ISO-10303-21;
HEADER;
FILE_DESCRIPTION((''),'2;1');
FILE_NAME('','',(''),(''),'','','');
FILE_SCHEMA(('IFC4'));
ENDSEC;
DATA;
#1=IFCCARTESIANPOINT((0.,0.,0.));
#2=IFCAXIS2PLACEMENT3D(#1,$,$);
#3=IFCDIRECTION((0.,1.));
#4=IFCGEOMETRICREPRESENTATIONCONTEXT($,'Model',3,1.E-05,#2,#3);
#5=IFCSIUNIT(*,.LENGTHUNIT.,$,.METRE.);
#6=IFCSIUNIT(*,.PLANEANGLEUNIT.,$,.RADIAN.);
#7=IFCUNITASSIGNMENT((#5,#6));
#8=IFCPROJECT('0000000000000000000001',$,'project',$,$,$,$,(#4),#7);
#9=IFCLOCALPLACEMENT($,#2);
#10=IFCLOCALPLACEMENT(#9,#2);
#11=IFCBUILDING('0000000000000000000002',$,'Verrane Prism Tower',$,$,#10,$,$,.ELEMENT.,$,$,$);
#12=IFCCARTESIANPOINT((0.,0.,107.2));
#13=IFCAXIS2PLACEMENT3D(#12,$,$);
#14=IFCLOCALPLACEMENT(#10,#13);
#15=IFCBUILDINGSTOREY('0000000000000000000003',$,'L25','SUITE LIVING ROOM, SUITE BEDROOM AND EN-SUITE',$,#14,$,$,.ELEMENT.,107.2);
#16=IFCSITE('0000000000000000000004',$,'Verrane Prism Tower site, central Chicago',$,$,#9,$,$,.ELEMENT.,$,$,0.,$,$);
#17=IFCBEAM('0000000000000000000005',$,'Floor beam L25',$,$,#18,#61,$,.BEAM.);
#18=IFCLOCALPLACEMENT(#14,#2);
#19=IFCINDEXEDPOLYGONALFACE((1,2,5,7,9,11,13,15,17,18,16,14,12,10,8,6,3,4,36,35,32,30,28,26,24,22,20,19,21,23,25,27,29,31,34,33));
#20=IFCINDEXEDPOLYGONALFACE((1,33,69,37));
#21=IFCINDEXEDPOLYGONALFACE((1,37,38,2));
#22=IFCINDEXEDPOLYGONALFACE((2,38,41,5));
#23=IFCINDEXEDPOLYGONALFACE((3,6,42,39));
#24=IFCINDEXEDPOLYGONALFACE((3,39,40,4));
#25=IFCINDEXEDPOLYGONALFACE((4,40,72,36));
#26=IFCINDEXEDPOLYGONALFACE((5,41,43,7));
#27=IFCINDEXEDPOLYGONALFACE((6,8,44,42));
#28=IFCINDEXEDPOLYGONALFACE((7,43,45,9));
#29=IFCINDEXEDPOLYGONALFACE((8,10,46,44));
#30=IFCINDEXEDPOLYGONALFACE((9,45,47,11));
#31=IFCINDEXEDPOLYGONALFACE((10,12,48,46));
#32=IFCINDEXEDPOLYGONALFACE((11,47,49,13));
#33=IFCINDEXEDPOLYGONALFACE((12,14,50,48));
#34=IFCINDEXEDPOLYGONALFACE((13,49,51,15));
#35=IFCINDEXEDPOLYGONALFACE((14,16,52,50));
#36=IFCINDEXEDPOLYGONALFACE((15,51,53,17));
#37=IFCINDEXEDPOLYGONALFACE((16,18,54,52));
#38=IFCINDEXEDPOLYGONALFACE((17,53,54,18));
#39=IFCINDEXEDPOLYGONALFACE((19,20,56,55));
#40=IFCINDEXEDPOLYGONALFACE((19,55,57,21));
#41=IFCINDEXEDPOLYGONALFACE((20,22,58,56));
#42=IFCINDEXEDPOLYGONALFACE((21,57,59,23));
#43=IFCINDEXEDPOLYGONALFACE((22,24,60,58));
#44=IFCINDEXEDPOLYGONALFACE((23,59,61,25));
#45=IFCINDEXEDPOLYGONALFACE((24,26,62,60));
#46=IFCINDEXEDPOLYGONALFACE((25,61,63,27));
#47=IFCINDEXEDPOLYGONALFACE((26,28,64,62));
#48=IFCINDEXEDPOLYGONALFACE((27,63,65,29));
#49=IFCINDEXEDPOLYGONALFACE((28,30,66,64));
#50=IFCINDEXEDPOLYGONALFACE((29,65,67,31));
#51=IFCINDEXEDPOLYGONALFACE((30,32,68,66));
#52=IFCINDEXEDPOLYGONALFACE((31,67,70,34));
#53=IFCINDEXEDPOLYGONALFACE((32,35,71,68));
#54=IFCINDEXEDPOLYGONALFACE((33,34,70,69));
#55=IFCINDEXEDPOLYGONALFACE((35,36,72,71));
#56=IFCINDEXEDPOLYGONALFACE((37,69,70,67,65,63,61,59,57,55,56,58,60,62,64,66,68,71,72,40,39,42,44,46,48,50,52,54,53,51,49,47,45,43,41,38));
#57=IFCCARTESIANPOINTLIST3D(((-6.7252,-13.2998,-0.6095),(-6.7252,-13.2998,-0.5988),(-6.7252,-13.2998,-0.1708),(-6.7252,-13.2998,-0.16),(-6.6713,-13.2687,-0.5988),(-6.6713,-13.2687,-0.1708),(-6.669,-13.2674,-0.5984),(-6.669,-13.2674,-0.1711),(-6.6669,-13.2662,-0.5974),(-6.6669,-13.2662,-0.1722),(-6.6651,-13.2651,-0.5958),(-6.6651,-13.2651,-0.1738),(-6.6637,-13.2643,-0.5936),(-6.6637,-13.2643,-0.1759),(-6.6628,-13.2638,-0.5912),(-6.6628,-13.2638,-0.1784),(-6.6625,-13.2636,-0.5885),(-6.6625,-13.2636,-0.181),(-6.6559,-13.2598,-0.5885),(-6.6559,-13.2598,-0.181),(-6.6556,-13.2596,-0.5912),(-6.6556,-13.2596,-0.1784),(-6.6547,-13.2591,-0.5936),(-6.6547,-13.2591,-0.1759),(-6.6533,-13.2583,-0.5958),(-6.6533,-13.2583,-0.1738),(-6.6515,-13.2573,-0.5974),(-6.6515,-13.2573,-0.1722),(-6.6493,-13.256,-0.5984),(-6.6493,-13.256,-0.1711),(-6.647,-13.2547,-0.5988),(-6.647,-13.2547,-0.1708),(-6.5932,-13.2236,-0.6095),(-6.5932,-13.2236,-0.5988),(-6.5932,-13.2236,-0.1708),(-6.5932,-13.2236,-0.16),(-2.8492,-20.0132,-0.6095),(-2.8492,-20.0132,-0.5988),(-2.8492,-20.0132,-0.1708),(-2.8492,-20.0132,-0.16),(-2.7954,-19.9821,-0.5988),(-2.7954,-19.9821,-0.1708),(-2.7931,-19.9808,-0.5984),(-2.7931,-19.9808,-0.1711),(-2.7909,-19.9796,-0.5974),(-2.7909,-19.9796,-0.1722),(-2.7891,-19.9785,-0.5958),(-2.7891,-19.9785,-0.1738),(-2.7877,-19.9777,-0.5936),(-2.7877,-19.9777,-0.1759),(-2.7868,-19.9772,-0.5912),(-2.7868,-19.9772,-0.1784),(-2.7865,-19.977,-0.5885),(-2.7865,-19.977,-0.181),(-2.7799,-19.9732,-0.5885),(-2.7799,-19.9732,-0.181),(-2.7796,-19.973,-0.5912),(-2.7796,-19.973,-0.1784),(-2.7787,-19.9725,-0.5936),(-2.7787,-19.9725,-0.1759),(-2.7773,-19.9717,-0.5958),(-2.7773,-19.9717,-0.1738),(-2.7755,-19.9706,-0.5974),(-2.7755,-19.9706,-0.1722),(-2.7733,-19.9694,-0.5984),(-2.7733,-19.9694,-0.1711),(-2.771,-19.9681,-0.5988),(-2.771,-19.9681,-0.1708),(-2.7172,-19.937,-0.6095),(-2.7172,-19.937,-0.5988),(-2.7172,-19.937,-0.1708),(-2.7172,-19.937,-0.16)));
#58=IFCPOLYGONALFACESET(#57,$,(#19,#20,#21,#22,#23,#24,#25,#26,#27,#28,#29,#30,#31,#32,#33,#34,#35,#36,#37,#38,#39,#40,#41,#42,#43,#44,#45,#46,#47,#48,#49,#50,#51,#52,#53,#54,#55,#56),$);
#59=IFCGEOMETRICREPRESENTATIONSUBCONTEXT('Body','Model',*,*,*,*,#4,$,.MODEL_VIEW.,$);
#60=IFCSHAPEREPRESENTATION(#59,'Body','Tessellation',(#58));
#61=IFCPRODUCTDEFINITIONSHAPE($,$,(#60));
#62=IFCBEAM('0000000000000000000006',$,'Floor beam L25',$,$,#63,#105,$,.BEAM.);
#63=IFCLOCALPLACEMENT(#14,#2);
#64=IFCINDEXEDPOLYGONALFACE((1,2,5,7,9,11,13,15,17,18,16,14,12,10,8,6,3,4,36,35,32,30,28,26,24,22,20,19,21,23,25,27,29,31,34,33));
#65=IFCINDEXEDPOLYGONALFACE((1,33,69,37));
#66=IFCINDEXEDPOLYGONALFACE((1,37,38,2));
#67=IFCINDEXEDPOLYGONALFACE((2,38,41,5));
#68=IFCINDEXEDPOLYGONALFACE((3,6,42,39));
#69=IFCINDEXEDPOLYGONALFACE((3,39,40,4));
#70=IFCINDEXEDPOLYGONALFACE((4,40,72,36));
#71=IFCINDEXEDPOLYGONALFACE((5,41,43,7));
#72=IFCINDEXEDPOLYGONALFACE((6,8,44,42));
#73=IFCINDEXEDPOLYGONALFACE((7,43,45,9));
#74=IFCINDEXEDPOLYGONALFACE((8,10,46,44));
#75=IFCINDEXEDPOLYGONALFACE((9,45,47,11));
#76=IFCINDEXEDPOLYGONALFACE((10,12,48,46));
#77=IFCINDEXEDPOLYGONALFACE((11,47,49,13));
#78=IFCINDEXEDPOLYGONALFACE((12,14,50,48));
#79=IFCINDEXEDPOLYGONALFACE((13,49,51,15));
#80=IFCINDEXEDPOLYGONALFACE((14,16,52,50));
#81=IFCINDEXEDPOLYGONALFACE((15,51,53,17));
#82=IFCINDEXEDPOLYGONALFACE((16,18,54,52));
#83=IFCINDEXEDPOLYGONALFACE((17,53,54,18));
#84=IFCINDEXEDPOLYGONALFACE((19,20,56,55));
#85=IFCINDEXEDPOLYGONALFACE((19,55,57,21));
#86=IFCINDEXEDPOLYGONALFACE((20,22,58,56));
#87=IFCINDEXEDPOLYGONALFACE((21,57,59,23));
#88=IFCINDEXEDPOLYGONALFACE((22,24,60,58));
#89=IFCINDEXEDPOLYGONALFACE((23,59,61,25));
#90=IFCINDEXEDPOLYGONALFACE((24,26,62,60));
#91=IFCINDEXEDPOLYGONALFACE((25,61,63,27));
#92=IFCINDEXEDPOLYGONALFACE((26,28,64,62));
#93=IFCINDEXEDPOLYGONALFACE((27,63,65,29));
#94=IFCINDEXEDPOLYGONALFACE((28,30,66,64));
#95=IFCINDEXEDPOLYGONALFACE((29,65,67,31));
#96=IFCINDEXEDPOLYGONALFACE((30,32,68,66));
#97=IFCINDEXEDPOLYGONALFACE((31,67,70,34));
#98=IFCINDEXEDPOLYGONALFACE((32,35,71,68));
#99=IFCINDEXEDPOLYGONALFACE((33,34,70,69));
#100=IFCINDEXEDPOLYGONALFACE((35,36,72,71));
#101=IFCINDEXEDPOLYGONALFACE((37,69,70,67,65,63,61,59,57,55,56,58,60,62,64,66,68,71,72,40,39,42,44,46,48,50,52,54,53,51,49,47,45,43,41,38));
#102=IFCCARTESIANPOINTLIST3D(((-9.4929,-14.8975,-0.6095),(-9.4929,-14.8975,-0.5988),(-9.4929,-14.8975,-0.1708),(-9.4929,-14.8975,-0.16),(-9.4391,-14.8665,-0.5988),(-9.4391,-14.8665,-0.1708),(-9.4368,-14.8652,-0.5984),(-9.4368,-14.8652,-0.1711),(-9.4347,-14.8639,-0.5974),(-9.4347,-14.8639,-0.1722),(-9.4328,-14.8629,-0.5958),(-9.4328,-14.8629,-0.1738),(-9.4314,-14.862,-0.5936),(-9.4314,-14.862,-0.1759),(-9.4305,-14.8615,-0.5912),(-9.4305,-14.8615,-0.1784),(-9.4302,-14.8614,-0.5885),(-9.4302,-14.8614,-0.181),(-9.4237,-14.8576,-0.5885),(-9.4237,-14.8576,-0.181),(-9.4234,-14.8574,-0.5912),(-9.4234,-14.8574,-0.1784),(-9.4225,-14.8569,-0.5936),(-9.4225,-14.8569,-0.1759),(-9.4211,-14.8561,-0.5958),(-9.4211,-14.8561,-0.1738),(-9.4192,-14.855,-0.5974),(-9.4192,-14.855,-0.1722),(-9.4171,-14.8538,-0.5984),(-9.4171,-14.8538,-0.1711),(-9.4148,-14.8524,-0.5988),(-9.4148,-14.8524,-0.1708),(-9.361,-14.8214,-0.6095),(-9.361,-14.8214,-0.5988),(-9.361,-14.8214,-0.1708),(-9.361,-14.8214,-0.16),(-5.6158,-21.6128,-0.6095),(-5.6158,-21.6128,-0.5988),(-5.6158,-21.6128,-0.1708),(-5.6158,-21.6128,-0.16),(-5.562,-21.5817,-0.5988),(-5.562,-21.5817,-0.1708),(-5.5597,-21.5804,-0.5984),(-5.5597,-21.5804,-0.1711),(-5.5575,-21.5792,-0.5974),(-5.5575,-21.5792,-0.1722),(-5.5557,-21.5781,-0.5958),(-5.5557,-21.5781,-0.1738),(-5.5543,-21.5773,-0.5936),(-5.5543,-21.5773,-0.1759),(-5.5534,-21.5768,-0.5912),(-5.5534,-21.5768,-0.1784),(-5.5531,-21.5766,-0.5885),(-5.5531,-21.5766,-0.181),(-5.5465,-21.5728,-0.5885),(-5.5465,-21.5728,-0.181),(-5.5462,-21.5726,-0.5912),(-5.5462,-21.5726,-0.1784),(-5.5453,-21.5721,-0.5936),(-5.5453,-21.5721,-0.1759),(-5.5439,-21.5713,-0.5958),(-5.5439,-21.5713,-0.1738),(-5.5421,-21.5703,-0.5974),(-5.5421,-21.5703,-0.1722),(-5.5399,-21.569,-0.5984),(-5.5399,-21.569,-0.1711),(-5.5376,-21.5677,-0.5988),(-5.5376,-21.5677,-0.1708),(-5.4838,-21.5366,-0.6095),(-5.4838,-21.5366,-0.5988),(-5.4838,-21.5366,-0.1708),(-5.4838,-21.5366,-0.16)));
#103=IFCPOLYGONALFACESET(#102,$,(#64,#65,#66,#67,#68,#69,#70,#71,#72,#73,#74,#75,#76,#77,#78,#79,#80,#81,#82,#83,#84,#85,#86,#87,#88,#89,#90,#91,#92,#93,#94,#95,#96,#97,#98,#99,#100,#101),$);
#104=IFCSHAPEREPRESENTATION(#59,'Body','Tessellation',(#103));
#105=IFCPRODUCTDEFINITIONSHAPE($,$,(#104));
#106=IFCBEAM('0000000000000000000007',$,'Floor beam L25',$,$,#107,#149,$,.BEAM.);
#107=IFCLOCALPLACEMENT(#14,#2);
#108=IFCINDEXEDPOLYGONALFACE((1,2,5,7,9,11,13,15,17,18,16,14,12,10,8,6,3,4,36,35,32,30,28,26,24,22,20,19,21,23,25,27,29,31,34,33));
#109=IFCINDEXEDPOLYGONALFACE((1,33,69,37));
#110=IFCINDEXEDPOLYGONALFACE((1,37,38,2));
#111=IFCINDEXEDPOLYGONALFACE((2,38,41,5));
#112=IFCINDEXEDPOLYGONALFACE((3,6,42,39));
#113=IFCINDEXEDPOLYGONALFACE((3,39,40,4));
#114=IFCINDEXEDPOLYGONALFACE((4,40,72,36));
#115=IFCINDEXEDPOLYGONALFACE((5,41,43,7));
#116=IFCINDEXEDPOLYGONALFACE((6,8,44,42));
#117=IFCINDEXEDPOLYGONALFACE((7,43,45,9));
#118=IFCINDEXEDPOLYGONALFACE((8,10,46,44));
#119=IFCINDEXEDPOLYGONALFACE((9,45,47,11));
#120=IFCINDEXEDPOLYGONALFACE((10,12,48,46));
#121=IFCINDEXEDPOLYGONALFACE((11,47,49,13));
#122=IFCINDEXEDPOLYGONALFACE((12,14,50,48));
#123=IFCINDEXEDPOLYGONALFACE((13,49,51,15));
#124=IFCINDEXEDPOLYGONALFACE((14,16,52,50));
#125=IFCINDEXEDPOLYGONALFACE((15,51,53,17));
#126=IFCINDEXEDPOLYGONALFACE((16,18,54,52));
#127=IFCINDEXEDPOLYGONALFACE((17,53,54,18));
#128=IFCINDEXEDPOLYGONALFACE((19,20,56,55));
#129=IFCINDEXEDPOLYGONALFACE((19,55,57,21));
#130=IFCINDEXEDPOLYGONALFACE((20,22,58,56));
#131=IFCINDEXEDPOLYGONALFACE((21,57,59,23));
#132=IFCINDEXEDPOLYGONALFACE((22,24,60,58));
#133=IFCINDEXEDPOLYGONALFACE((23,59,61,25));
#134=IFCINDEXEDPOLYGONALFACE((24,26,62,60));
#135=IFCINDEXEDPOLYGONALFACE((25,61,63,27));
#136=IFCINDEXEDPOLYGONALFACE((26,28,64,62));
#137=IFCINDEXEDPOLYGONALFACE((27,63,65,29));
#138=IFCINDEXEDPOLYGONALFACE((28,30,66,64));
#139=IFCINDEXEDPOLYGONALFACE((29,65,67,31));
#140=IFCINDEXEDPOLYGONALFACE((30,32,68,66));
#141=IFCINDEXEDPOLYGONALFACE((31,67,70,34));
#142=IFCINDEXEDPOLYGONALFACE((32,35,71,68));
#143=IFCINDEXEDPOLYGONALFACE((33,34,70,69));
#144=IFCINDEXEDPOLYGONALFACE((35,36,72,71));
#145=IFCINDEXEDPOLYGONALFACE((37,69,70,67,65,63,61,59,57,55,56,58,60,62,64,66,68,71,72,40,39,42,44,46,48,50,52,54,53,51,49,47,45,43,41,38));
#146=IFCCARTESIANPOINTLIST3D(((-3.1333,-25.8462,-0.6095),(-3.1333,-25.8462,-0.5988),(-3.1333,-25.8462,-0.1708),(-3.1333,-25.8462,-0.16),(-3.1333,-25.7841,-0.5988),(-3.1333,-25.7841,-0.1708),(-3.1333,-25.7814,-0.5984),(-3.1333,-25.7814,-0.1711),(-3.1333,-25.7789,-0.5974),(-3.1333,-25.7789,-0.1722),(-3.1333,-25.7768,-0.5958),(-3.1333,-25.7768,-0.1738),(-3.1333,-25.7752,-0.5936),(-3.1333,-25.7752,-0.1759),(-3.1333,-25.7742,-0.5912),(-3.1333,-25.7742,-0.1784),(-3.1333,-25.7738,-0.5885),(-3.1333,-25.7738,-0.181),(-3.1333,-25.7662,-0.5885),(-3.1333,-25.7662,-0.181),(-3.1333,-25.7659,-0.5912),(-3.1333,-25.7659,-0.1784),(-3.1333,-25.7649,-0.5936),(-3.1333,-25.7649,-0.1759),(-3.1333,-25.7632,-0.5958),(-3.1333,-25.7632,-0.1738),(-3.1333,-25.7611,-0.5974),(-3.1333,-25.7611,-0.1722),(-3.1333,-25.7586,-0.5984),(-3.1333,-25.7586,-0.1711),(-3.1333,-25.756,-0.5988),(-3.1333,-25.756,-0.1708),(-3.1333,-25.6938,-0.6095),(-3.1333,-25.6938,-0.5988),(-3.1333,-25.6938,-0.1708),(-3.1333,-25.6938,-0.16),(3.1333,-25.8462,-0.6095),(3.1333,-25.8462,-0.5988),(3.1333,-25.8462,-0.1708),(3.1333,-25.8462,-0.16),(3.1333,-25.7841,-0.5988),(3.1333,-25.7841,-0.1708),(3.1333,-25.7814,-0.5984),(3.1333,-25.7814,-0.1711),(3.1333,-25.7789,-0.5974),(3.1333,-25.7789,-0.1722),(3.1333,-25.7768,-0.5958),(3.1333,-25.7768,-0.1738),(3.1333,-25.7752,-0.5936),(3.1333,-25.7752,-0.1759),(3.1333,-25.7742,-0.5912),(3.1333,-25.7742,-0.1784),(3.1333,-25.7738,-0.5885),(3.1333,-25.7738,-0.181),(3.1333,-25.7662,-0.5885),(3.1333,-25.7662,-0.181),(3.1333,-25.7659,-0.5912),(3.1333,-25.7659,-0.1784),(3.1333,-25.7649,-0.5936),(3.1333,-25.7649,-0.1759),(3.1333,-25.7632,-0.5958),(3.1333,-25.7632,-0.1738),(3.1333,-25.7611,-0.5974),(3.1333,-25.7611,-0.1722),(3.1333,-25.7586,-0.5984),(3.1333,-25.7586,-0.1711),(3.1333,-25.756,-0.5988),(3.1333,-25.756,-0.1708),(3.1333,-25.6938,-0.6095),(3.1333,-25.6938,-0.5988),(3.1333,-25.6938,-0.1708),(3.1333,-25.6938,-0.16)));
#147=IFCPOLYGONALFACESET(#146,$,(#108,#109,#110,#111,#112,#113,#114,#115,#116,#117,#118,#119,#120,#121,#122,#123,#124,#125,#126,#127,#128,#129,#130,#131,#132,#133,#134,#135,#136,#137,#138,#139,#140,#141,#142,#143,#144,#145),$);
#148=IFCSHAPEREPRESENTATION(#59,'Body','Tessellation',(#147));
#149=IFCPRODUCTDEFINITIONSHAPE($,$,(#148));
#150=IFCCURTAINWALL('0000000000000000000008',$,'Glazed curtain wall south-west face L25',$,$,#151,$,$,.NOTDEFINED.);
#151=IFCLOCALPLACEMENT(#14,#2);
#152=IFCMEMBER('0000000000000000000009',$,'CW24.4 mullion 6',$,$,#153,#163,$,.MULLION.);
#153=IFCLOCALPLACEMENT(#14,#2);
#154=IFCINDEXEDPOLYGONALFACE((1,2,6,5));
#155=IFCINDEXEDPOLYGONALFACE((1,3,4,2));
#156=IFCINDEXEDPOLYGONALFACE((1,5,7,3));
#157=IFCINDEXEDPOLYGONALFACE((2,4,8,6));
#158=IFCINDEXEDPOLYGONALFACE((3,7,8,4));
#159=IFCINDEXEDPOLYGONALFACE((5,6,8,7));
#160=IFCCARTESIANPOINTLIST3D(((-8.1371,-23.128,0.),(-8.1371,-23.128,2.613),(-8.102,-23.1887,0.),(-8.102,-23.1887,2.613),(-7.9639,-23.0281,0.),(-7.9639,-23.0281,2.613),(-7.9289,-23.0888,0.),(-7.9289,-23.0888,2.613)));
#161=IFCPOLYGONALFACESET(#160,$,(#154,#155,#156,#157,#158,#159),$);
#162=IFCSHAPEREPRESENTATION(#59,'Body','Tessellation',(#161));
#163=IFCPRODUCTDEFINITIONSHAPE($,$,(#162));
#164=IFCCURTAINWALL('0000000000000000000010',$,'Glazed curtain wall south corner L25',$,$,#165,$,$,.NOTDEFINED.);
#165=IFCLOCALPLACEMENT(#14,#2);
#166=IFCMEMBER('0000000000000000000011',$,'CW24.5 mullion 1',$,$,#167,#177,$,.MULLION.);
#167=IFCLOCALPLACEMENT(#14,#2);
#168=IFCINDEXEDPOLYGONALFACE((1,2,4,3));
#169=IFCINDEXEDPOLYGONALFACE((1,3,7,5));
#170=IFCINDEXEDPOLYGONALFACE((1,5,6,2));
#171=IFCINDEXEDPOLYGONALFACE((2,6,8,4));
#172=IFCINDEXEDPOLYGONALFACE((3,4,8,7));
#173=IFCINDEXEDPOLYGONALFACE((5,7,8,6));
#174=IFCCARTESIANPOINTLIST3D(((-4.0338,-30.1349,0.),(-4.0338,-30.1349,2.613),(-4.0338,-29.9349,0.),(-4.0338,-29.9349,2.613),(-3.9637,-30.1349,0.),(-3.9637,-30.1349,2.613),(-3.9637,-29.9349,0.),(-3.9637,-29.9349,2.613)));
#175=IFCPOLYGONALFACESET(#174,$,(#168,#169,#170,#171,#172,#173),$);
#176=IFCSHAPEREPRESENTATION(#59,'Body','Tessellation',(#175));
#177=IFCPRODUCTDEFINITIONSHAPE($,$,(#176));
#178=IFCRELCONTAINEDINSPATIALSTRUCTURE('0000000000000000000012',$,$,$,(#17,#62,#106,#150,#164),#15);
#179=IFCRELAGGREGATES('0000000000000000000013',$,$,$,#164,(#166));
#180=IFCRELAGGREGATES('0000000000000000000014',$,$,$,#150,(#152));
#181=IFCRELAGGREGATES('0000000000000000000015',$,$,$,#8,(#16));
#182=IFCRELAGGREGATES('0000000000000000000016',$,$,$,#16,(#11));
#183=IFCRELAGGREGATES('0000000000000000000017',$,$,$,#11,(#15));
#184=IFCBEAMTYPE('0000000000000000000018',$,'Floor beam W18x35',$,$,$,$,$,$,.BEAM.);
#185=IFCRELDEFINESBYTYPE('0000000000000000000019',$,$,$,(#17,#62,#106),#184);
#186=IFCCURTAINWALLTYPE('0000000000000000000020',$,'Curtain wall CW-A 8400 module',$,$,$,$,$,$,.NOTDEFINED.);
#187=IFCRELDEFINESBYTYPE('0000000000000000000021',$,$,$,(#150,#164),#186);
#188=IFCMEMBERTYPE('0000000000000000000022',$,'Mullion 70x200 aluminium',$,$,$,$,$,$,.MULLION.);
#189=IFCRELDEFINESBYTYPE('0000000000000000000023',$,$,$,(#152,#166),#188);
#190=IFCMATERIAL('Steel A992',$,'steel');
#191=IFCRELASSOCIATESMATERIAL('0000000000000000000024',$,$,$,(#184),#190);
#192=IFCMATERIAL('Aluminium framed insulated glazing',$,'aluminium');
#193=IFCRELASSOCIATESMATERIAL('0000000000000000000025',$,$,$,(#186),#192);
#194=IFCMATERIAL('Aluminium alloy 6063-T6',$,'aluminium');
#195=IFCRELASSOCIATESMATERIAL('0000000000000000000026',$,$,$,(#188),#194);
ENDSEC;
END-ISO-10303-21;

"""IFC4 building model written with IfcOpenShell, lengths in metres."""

from ifc_helpers import new_model, si_unit, direction, frame, origin, origin_2d, place, context, subcontext, project, spatial, rectangle, i_section, extrude, material, material_profile, profile_set, type_object, element, aggregate, save


model = new_model("IFC4")

# Units and contexts
model_context = context("Model", 3, precision=1e-05, world=origin(), true_north=direction((0.0, 1.0)))
body_context = subcontext(model_context, "Body", "Model", "MODEL_VIEW")
ifc_project = project(units=[si_unit("LENGTHUNIT", "METRE"), si_unit("PLANEANGLEUNIT", "RADIAN")], contexts=[model_context])

# Site, building, storey
site_placement = place(None, origin())
site = spatial("IfcSite", under=ifc_project, at=site_placement, Name="Verrane Prism Tower site, central Chicago", CompositionType="ELEMENT", RefElevation=0.0)
building_placement = place(site_placement, origin())
building = spatial("IfcBuilding", under=site, at=building_placement, Name="Verrane Prism Tower", CompositionType="ELEMENT")
storey_placement = place(building_placement, frame((0.0, 0.0, 107.2)))
storey = spatial("IfcBuildingStorey", under=building, at=storey_placement, Name="L25", Description="SUITE LIVING ROOM, SUITE BEDROOM AND EN-SUITE", CompositionType="ELEMENT", Elevation=107.2)

# Beams
ifc_material_1 = material(Name="Steel A992", Category="steel")
ifc_material_profile_1 = material_profile(ifc_material_1, i_section(OverallWidth=0.1523, OverallDepth=0.4495, WebThickness=0.0076, FlangeThickness=0.0107, FilletRadius=0.0103, at=origin_2d()), Name="W18x35")
ifc_profile_set_1 = profile_set([ifc_material_profile_1], Name="Steel A992")
beam_type_1 = type_object("IfcBeamType", Name="Floor beam W18x35", PredefinedType="BEAM", material=ifc_profile_set_1)
beam_1_placement = place(storey_placement, frame((-2.7832, -19.9751, -0.3848), z_axis=(-0.500001, 0.866025, 0.0), x_axis=(-0.866025, -0.500001, 0.0)))
element("IfcBeam", 1, at=beam_1_placement, inside=storey, type_object=beam_type_1, Name="Floor beam L25", PredefinedType="BEAM", context=body_context, shape_type="SweptSolid", body=[
    extrude(i_section(OverallWidth=0.1523, OverallDepth=0.4495, WebThickness=0.0076, FlangeThickness=0.0107, FilletRadius=0.0103, at=origin_2d()), origin(), (0.0, 0.0, 1.0), 7.752),
])
beam_2_placement = place(storey_placement, frame((-5.5498, -21.5747, -0.3848), z_axis=(-0.50001, 0.86602, 0.0), x_axis=(-0.86602, -0.50001, 0.0)))
element("IfcBeam", 2, at=beam_2_placement, inside=storey, type_object=beam_type_1, Name="Floor beam L25", PredefinedType="BEAM", context=body_context, shape_type="SweptSolid", body=[
    extrude(i_section(OverallWidth=0.1523, OverallDepth=0.4495, WebThickness=0.0076, FlangeThickness=0.0107, FilletRadius=0.0103, at=origin_2d()), origin(), (0.0, 0.0, 1.0), 7.7542),
])
beam_3_placement = place(storey_placement, frame((-3.1333, -25.77, -0.3848), z_axis=(1.0, 0.0, 0.0), x_axis=(0.0, 1.0, 0.0)))
element("IfcBeam", 3, at=beam_3_placement, inside=storey, type_object=beam_type_1, Name="Floor beam L25", PredefinedType="BEAM", context=body_context, shape_type="SweptSolid", body=[
    extrude(i_section(OverallWidth=0.1523, OverallDepth=0.4495, WebThickness=0.0076, FlangeThickness=0.0107, FilletRadius=0.0103, at=origin_2d()), origin(), (0.0, 0.0, 1.0), 6.2666),
])

# Curtain walls, members
ifc_material_2 = material(Name="Aluminium framed insulated glazing", Category="aluminium")
curtain_wall_type = type_object("IfcCurtainWallType", Name="Curtain wall CW-A 8400 module", PredefinedType="NOTDEFINED", material=ifc_material_2)
curtain_wall_1_placement = place(storey_placement, origin())
curtain_wall_1 = element("IfcCurtainWall", 4, at=curtain_wall_1_placement, inside=storey, type_object=curtain_wall_type, Name="Glazed curtain wall south-west face L25", PredefinedType="NOTDEFINED")
ifc_material_3 = material(Name="Aluminium alloy 6063-T6", Category="aluminium")
ifc_material_profile_2 = material_profile(ifc_material_3, rectangle(XDim=0.2, YDim=0.0701, at=origin_2d()), Name="Mullion 70x200 aluminium")
ifc_profile_set_2 = profile_set([ifc_material_profile_2], Name="Aluminium alloy 6063-T6")
member_type_1 = type_object("IfcMemberType", Name="Mullion 70x200 aluminium", PredefinedType="MULLION", material=ifc_profile_set_2)
member_1_placement = place(storey_placement, frame((-8.033, -23.1084, 0.0), z_axis=(0.0, 0.0, 1.0), x_axis=(0.866025, 0.5, 0.0)))
member_1 = element("IfcMember", 5, at=member_1_placement, type_object=member_type_1, Name="CW24.4 mullion 6", PredefinedType="MULLION", context=body_context, shape_type="SweptSolid", body=[
    extrude(rectangle(XDim=0.2, YDim=0.0701, at=origin_2d()), origin(), (0.0, 0.0, 1.0), 2.613),
])
curtain_wall_2_placement = place(storey_placement, origin())
curtain_wall_2 = element("IfcCurtainWall", 6, at=curtain_wall_2_placement, inside=storey, type_object=curtain_wall_type, Name="Glazed curtain wall south corner L25", PredefinedType="NOTDEFINED")
member_2_placement = place(storey_placement, frame((-3.9988, -30.0349, 0.0), z_axis=(0.0, 0.0, 1.0), x_axis=(0.0, 1.0, 0.0)))
member_2 = element("IfcMember", 7, at=member_2_placement, type_object=member_type_1, Name="CW24.5 mullion 1", PredefinedType="MULLION", context=body_context, shape_type="SweptSolid", body=[
    extrude(rectangle(XDim=0.2, YDim=0.0701, at=origin_2d()), origin(), (0.0, 0.0, 1.0), 2.613),
])

aggregate(curtain_wall_2, [member_2])

aggregate(curtain_wall_1, [member_1])

save(model, "model.ifc")
